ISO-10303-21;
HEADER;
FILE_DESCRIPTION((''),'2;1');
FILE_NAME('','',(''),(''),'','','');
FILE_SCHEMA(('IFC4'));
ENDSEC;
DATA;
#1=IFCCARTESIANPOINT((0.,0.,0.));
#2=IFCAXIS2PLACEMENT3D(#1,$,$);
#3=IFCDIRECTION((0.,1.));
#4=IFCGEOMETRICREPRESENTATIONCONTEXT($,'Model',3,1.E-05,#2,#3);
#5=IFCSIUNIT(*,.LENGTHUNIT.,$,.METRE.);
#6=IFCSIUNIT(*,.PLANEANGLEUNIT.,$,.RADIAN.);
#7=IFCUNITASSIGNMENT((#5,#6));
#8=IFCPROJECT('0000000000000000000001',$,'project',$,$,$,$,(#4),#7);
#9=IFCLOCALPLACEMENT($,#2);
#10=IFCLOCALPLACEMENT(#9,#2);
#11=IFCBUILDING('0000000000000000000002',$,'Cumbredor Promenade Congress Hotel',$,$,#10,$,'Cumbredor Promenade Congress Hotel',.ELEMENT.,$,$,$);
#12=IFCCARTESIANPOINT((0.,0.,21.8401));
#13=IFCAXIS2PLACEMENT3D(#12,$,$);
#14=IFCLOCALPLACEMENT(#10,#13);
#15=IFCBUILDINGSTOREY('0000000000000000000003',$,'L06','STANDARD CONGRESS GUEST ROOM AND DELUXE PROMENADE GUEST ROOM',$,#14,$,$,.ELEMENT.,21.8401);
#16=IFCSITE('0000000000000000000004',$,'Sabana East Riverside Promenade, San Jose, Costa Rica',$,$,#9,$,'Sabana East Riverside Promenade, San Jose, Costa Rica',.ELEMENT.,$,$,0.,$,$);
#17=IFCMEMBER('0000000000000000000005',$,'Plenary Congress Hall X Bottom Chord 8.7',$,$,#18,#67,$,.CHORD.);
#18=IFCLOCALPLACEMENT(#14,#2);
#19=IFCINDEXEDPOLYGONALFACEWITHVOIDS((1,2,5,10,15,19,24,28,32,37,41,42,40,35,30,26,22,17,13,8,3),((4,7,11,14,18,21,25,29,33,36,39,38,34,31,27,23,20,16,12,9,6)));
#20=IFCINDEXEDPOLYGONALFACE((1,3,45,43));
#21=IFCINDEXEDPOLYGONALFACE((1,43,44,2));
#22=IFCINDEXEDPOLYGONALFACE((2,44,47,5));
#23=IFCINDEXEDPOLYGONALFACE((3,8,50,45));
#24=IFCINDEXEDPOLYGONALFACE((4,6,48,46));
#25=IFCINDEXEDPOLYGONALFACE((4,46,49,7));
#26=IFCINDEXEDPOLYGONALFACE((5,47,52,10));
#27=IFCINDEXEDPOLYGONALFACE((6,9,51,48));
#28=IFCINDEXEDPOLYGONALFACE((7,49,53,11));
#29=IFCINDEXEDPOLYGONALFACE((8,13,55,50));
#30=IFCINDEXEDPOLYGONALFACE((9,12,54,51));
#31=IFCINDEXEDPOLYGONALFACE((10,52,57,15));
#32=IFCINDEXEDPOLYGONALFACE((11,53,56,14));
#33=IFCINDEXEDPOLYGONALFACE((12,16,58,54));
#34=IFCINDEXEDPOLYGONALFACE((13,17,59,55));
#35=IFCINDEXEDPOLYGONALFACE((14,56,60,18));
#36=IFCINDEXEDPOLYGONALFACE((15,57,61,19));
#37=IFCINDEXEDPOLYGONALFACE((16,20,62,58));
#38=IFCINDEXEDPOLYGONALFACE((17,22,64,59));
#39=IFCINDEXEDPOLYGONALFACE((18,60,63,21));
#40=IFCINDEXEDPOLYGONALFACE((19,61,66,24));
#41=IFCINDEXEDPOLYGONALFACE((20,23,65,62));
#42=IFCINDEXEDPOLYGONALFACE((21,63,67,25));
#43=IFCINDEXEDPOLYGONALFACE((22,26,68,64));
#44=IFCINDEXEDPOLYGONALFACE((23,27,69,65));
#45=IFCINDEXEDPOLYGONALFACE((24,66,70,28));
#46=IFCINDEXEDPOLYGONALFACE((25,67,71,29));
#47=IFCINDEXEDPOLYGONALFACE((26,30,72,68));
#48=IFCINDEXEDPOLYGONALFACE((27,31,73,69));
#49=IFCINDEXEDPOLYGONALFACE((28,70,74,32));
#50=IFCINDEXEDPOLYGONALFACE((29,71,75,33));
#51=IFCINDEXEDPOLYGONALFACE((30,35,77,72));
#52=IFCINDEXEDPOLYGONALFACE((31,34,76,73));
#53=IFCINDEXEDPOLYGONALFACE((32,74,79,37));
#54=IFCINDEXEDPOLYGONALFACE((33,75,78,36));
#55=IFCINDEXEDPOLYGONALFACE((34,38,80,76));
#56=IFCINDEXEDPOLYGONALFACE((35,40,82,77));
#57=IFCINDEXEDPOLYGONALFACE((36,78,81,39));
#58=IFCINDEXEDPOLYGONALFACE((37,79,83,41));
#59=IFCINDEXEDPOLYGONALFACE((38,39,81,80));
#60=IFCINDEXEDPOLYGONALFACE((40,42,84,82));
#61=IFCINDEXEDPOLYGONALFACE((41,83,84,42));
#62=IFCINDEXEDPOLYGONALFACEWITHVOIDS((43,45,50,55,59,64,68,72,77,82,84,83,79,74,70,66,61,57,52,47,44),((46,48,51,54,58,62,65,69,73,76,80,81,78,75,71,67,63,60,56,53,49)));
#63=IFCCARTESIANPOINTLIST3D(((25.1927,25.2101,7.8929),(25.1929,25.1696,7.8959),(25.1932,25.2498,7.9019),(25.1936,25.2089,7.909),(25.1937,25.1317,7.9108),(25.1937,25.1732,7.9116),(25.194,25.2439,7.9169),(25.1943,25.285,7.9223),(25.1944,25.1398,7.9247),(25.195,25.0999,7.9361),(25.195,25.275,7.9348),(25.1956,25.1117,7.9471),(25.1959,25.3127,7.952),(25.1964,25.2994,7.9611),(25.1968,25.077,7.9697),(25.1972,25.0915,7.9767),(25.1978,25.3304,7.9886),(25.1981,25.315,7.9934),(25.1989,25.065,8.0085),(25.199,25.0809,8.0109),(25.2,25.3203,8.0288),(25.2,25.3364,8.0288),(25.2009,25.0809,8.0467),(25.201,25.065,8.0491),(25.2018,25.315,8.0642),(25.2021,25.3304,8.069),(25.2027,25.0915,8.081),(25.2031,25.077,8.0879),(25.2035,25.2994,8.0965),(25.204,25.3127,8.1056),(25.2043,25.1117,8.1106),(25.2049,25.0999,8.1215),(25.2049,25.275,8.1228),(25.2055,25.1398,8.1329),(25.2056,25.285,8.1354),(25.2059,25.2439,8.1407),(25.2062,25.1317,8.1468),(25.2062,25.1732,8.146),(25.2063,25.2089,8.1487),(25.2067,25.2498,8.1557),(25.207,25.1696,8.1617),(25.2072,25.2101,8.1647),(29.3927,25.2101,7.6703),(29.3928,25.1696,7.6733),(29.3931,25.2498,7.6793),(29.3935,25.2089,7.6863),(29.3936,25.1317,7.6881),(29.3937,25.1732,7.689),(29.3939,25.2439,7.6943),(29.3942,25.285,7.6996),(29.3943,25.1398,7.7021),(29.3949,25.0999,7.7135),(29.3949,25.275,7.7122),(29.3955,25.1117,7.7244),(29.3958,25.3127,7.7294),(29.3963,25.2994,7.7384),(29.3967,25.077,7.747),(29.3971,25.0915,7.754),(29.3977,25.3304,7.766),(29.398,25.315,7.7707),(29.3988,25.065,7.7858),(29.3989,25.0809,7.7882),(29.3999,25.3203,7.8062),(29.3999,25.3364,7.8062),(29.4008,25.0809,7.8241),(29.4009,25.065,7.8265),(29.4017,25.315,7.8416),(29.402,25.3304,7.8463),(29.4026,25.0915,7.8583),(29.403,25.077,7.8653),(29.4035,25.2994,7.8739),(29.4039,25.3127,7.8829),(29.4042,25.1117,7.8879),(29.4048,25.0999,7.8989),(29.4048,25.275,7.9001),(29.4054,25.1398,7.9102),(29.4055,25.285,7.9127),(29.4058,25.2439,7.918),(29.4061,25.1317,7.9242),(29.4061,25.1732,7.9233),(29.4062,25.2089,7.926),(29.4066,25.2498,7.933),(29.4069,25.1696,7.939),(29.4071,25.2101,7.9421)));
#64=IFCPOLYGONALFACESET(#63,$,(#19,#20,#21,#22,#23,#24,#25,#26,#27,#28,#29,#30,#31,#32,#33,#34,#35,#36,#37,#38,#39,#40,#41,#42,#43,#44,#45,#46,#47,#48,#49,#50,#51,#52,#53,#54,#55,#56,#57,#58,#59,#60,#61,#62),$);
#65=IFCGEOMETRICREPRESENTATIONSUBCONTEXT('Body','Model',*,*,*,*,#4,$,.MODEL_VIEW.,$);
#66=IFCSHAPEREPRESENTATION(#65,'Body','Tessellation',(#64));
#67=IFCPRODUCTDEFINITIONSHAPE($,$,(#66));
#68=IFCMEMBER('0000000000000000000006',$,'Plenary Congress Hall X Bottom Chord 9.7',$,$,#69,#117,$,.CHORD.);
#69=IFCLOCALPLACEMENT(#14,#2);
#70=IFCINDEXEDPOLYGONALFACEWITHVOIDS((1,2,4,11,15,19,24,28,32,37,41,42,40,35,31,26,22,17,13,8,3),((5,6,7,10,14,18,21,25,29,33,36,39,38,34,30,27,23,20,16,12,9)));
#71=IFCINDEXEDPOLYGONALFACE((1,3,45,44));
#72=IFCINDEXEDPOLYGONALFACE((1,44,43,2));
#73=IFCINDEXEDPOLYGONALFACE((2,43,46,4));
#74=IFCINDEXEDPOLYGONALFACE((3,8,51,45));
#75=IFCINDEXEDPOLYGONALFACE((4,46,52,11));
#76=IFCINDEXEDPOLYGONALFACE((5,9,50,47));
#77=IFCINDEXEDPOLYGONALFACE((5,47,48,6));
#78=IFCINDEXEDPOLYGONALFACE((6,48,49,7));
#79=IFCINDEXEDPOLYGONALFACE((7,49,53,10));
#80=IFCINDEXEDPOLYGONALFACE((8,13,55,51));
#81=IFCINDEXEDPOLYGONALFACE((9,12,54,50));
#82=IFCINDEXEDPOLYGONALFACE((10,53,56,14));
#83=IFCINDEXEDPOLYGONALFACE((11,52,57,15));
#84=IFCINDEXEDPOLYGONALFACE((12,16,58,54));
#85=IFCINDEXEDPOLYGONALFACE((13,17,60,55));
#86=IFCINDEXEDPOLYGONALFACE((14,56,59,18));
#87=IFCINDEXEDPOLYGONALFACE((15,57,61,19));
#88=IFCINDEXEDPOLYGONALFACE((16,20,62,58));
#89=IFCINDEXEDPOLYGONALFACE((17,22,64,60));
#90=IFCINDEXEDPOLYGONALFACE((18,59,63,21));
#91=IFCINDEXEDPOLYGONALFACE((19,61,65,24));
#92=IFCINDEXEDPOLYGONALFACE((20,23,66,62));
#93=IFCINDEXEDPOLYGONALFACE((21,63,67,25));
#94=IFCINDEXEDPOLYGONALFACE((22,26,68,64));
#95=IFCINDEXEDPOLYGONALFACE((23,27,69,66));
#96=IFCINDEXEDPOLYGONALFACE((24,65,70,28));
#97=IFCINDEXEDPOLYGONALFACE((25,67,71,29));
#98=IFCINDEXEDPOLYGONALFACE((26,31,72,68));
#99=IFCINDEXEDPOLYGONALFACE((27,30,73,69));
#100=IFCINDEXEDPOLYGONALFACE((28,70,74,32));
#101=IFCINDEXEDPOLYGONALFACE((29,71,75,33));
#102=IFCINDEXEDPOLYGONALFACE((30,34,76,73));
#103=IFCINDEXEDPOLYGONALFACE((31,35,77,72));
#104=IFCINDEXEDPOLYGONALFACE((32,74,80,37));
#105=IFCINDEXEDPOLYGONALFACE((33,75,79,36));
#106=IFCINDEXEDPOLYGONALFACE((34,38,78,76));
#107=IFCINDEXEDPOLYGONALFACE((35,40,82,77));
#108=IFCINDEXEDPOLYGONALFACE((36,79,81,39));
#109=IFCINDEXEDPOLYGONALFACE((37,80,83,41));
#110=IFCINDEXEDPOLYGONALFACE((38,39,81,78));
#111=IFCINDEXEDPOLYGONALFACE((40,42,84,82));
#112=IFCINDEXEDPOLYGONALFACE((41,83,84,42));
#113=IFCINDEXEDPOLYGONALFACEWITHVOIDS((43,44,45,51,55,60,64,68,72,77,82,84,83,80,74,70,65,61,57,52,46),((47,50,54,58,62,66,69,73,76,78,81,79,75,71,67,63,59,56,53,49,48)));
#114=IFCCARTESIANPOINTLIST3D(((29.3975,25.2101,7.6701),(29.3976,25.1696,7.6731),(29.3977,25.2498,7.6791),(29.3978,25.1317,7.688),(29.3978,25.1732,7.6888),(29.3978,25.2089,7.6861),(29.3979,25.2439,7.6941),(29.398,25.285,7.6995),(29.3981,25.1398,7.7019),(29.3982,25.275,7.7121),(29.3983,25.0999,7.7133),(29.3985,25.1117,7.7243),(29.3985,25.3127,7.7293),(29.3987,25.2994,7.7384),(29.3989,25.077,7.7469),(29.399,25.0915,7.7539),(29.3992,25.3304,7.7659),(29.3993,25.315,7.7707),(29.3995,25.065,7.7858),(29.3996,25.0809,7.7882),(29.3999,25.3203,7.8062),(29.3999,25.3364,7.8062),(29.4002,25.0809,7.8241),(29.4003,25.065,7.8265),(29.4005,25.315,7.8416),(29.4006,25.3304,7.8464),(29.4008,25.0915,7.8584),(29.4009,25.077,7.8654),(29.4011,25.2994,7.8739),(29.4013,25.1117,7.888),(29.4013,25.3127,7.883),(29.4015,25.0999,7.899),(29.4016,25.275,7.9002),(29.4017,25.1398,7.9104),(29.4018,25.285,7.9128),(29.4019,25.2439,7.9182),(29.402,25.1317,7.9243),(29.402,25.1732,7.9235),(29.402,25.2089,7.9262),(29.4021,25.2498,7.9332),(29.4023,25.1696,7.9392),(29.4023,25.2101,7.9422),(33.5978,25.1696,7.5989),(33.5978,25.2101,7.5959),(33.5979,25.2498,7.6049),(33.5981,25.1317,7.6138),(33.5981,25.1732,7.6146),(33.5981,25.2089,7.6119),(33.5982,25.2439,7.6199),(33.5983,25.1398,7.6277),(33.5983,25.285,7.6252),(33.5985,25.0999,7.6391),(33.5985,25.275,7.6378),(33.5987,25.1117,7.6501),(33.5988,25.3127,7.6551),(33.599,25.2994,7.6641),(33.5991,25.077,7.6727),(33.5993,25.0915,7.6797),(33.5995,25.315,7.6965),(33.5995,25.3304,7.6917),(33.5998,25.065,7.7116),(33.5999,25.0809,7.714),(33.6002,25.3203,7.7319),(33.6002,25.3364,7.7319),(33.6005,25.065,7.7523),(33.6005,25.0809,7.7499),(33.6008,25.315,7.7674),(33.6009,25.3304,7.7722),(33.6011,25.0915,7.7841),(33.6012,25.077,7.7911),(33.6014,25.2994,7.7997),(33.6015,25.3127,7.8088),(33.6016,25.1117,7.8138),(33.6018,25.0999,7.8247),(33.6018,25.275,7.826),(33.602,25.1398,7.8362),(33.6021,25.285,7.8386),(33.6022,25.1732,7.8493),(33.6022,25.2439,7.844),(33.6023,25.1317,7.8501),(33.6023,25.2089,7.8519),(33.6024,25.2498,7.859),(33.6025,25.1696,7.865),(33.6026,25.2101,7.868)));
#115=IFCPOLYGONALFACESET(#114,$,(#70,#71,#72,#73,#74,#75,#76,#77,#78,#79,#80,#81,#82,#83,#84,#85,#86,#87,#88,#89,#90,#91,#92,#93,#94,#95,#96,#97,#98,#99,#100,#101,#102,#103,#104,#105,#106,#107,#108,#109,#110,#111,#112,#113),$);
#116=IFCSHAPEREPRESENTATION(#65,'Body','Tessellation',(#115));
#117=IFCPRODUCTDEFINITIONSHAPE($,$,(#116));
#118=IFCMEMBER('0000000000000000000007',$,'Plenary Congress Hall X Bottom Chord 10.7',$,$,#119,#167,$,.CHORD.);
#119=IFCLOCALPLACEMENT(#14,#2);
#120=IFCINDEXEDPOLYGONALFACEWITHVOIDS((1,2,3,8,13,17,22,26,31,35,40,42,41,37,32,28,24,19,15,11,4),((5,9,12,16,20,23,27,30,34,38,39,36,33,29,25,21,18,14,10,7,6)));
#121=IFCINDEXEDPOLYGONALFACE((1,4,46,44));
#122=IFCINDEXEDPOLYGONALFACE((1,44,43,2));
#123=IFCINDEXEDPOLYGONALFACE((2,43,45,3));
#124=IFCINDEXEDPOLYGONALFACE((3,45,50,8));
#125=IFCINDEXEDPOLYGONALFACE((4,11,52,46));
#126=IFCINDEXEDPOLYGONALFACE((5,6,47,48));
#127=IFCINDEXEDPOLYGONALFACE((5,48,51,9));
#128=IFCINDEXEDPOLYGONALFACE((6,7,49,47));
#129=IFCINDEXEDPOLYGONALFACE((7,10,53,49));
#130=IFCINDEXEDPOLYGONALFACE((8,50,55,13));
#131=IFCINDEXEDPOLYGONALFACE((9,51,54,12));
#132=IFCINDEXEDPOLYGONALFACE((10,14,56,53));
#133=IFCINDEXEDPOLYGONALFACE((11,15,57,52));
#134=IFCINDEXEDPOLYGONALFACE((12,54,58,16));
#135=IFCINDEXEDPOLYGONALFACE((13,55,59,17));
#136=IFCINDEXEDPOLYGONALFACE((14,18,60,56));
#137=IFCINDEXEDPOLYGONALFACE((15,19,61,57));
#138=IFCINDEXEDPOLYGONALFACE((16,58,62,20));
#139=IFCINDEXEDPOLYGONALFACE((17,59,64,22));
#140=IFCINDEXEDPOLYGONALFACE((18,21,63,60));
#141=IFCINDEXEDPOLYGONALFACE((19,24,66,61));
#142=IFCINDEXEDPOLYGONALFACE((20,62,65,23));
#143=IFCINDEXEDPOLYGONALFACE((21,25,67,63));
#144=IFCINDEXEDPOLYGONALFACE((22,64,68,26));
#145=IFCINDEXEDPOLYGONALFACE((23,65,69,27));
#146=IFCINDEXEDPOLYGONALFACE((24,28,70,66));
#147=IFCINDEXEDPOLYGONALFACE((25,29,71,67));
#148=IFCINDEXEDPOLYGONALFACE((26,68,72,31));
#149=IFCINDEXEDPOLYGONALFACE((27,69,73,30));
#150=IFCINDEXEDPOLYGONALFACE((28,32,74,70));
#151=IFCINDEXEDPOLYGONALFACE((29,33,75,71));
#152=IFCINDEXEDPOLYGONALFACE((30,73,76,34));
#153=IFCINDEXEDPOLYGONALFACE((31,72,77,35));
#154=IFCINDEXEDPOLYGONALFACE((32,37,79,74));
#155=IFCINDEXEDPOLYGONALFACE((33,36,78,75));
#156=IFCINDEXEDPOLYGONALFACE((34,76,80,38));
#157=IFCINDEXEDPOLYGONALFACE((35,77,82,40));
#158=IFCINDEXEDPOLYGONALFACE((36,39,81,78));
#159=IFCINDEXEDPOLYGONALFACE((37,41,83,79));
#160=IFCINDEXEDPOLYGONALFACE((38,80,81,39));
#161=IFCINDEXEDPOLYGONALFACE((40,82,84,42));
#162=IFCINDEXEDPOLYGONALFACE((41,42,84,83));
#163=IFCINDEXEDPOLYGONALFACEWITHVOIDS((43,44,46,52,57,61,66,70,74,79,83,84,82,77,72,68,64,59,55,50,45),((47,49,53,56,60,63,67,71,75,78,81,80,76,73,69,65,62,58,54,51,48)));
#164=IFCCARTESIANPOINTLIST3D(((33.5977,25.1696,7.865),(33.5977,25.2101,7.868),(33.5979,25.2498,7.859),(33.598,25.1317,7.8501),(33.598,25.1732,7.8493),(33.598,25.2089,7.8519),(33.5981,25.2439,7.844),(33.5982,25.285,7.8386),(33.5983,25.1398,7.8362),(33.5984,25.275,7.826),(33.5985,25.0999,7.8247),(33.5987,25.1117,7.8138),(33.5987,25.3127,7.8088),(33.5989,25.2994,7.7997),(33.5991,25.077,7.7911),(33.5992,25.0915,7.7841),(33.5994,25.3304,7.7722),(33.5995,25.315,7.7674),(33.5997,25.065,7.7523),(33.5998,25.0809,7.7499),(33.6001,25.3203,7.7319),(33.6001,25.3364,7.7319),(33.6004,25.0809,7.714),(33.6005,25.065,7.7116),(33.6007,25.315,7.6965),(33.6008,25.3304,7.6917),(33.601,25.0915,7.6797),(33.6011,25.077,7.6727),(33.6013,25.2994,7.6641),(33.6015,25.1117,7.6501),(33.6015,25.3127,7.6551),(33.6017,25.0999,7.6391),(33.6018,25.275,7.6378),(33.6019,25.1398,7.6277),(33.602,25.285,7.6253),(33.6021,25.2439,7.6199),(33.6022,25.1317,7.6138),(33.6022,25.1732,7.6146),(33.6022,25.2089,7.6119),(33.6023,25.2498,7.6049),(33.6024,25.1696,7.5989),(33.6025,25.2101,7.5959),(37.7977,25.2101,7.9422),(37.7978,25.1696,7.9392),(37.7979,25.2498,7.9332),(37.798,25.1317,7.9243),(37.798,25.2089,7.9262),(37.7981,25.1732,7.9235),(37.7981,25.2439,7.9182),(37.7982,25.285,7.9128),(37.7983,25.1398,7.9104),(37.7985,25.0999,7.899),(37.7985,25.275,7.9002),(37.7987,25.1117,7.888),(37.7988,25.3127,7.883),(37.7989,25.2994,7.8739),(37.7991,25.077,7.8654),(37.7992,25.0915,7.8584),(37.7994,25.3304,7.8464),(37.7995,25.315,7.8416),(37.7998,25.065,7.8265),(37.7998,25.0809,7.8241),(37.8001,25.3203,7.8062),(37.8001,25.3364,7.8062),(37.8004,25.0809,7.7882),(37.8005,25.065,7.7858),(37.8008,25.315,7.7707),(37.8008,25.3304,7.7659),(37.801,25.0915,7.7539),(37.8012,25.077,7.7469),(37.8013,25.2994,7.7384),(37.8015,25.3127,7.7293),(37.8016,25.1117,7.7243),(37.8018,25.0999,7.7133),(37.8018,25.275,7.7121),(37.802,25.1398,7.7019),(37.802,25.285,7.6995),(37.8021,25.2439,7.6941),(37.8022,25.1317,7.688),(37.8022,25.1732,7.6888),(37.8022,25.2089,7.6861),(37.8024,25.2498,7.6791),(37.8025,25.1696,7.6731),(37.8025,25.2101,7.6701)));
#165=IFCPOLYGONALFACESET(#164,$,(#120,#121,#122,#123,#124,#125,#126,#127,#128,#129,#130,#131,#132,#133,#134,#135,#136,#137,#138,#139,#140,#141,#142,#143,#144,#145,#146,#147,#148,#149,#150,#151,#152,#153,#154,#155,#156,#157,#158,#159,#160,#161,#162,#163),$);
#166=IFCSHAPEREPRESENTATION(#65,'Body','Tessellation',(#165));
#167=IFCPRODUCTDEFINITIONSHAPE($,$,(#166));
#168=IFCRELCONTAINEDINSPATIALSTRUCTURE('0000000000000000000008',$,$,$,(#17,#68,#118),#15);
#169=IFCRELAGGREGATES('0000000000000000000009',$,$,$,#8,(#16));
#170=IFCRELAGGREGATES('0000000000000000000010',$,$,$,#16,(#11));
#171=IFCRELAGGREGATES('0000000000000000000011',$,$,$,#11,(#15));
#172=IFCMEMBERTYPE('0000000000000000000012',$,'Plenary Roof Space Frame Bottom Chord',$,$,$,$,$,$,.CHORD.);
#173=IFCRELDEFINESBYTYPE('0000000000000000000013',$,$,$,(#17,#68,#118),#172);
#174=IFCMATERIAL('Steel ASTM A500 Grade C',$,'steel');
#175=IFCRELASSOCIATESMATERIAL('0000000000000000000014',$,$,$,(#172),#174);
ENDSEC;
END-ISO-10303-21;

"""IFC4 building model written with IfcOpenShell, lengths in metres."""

from ifc_helpers import new_model, si_unit, direction, frame, origin, origin_2d, place, context, subcontext, project, spatial, hollow_circle, extrude, material, material_profile, profile_set, type_object, element, save


model = new_model("IFC4")

# Units and contexts
model_context = context("Model", 3, precision=1e-05, world=origin(), true_north=direction((0.0, 1.0)))
body_context = subcontext(model_context, "Body", "Model", "MODEL_VIEW")
ifc_project = project(units=[si_unit("LENGTHUNIT", "METRE"), si_unit("PLANEANGLEUNIT", "RADIAN")], contexts=[model_context])

# Site, building, storey
site_placement = place(None, origin())
site = spatial("IfcSite", under=ifc_project, at=site_placement, Name="Sabana East Riverside Promenade, San Jose, Costa Rica", LongName="Sabana East Riverside Promenade, San Jose, Costa Rica", CompositionType="ELEMENT", RefElevation=0.0)
building_placement = place(site_placement, origin())
building = spatial("IfcBuilding", under=site, at=building_placement, Name="Cumbredor Promenade Congress Hotel", LongName="Cumbredor Promenade Congress Hotel", CompositionType="ELEMENT")
storey_placement = place(building_placement, frame((0.0, 0.0, 21.8401)))
storey = spatial("IfcBuildingStorey", under=building, at=storey_placement, Name="L06", Description="STANDARD CONGRESS GUEST ROOM AND DELUXE PROMENADE GUEST ROOM", CompositionType="ELEMENT", Elevation=21.8401)

# Members
ifc_material_1 = material(Name="Steel ASTM A500 Grade C", Category="steel")
ifc_material_profile_1 = material_profile(ifc_material_1, hollow_circle(Radius=0.1365, WallThickness=0.0161, at=origin_2d()), Name="CHS 273.0x16")
ifc_profile_set_1 = profile_set([ifc_material_profile_1], Name="Steel ASTM A500 Grade C")
member_type_1 = type_object("IfcMemberType", Name="Plenary Roof Space Frame Bottom Chord", PredefinedType="CHORD", material=ifc_profile_set_1)
member_1_placement = place(storey_placement, frame((25.2, 25.2, 8.0288), z_axis=(0.998598, 0.0, -0.05294), x_axis=(0.0, 1.0, 0.0)))
element("IfcMember", 1, at=member_1_placement, inside=storey, type_object=member_type_1, Name="Plenary Congress Hall X Bottom Chord 8.7", PredefinedType="CHORD", context=body_context, shape_type="SweptSolid", body=[
    extrude(hollow_circle(Radius=0.1365, WallThickness=0.0161, at=origin_2d()), origin(), (0.0, 0.0, 1.0), 4.2058),
])
member_2_placement = place(storey_placement, frame((29.3999, 25.2, 7.8062), z_axis=(0.999844, 0.0, -0.017668), x_axis=(0.0, 1.0, 0.0)))
element("IfcMember", 2, at=member_2_placement, inside=storey, type_object=member_type_1, Name="Plenary Congress Hall X Bottom Chord 9.7", PredefinedType="CHORD", context=body_context, shape_type="SweptSolid", body=[
    extrude(hollow_circle(Radius=0.1365, WallThickness=0.0161, at=origin_2d()), origin(), (0.0, 0.0, 1.0), 4.2009),
])
member_3_placement = place(storey_placement, frame((33.6001, 25.2, 7.7319), z_axis=(0.999844, 0.0, 0.017669), x_axis=(0.0, 1.0, 0.0)))
element("IfcMember", 3, at=member_3_placement, inside=storey, type_object=member_type_1, Name="Plenary Congress Hall X Bottom Chord 10.7", PredefinedType="CHORD", context=body_context, shape_type="SweptSolid", body=[
    extrude(hollow_circle(Radius=0.1365, WallThickness=0.0161, at=origin_2d()), origin(), (0.0, 0.0, 1.0), 4.2007),
])

save(model, "model.ifc")
